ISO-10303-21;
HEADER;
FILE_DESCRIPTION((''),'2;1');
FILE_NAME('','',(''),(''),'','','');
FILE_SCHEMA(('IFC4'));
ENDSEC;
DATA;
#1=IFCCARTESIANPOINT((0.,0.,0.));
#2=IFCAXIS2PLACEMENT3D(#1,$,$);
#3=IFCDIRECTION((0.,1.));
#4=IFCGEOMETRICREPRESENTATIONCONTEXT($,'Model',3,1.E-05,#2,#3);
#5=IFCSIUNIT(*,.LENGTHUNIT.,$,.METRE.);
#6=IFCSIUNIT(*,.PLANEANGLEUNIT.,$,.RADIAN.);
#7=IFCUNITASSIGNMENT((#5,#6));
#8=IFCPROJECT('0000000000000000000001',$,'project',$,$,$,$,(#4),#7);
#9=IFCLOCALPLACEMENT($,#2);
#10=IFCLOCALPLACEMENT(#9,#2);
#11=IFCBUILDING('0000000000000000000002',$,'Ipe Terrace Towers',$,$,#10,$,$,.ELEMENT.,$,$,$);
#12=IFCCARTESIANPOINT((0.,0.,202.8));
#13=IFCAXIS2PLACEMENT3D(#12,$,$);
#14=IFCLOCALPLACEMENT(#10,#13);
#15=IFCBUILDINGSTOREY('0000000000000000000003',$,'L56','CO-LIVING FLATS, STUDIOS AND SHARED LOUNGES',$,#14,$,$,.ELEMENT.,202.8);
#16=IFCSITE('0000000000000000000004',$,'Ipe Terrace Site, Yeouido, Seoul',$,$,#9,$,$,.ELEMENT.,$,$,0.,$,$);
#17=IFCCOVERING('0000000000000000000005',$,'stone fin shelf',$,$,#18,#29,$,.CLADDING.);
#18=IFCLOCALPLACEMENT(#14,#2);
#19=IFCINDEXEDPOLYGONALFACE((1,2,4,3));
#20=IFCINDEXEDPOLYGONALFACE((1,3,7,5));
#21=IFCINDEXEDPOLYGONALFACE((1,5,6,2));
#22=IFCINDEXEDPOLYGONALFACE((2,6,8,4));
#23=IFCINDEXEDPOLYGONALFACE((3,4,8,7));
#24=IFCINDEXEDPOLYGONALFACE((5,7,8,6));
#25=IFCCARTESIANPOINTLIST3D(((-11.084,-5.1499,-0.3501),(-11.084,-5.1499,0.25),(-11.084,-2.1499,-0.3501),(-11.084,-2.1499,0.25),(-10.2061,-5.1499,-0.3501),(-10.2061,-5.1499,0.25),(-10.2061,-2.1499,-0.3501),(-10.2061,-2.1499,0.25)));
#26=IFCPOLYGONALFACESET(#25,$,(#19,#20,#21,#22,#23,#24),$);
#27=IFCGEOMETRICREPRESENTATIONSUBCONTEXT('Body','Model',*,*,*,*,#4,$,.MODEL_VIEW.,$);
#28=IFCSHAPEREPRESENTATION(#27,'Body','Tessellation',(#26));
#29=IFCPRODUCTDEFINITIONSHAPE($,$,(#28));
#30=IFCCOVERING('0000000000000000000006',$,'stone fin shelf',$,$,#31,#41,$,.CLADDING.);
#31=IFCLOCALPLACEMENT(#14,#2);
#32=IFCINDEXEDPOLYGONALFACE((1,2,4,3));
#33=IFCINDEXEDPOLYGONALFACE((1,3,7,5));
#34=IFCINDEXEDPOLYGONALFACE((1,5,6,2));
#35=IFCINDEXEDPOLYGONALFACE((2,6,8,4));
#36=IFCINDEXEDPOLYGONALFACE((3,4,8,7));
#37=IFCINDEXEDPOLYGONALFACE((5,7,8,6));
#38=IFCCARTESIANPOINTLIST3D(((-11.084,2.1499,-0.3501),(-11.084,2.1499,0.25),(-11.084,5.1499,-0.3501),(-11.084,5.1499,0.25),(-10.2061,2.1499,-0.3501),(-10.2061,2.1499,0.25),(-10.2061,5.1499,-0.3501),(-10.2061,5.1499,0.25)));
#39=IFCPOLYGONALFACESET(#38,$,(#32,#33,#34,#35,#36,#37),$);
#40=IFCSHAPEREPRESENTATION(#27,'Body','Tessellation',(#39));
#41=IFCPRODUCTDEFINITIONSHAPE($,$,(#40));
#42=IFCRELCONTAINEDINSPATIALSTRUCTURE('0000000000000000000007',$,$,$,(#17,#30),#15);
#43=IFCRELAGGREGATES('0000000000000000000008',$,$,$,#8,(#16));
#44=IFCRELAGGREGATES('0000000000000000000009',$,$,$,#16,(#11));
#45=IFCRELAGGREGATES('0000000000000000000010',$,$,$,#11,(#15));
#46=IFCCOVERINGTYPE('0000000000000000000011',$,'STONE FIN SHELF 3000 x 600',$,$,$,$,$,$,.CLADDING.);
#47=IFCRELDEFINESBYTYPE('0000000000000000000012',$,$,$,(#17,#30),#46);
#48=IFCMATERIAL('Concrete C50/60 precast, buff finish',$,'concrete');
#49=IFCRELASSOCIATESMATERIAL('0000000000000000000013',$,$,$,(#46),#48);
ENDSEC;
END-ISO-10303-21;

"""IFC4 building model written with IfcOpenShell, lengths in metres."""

from ifc_helpers import new_model, si_unit, direction, frame, origin, origin_2d, place, context, subcontext, project, spatial, rectangle, extrude, material, type_object, element, save


model = new_model("IFC4")

# Units and contexts
model_context = context("Model", 3, precision=1e-05, world=origin(), true_north=direction((0.0, 1.0)))
body_context = subcontext(model_context, "Body", "Model", "MODEL_VIEW")
ifc_project = project(units=[si_unit("LENGTHUNIT", "METRE"), si_unit("PLANEANGLEUNIT", "RADIAN")], contexts=[model_context])

# Site, building, storey
site_placement = place(None, origin())
site = spatial("IfcSite", under=ifc_project, at=site_placement, Name="Ipe Terrace Site, Yeouido, Seoul", CompositionType="ELEMENT", RefElevation=0.0)
building_placement = place(site_placement, origin())
building = spatial("IfcBuilding", under=site, at=building_placement, Name="Ipe Terrace Towers", CompositionType="ELEMENT")
storey_placement = place(building_placement, frame((0.0, 0.0, 202.8)))
storey = spatial("IfcBuildingStorey", under=building, at=storey_placement, Name="L56", Description="CO-LIVING FLATS, STUDIOS AND SHARED LOUNGES", CompositionType="ELEMENT", Elevation=202.8)

# Coverings
ifc_material_1 = material(Name="Concrete C50/60 precast, buff finish", Category="concrete")
covering_type_1 = type_object("IfcCoveringType", Name="STONE FIN SHELF 3000 x 600", PredefinedType="CLADDING", material=ifc_material_1)
for number, where, z_axis, x_axis, name in (
    (1, (-10.645, -3.6499, -0.3501), (0.0, 0.0, 1.0), (0.0, 1.0, 0.0), "stone fin shelf"),
    (2, (-10.645, 3.6499, -0.3501), (0.0, 0.0, 1.0), (0.0, 1.0, 0.0), "stone fin shelf"),
):
    element("IfcCovering", number, at=place(storey_placement, frame(where, z_axis=z_axis, x_axis=x_axis)), inside=storey, type_object=covering_type_1, Name=name, PredefinedType="CLADDING", context=body_context, shape_type="SweptSolid", body=[
        extrude(rectangle(XDim=3.0, YDim=0.8779, at=origin_2d()), origin(), (0.0, 0.0, 1.0), 0.6001),
    ])

save(model, "model.ifc")
